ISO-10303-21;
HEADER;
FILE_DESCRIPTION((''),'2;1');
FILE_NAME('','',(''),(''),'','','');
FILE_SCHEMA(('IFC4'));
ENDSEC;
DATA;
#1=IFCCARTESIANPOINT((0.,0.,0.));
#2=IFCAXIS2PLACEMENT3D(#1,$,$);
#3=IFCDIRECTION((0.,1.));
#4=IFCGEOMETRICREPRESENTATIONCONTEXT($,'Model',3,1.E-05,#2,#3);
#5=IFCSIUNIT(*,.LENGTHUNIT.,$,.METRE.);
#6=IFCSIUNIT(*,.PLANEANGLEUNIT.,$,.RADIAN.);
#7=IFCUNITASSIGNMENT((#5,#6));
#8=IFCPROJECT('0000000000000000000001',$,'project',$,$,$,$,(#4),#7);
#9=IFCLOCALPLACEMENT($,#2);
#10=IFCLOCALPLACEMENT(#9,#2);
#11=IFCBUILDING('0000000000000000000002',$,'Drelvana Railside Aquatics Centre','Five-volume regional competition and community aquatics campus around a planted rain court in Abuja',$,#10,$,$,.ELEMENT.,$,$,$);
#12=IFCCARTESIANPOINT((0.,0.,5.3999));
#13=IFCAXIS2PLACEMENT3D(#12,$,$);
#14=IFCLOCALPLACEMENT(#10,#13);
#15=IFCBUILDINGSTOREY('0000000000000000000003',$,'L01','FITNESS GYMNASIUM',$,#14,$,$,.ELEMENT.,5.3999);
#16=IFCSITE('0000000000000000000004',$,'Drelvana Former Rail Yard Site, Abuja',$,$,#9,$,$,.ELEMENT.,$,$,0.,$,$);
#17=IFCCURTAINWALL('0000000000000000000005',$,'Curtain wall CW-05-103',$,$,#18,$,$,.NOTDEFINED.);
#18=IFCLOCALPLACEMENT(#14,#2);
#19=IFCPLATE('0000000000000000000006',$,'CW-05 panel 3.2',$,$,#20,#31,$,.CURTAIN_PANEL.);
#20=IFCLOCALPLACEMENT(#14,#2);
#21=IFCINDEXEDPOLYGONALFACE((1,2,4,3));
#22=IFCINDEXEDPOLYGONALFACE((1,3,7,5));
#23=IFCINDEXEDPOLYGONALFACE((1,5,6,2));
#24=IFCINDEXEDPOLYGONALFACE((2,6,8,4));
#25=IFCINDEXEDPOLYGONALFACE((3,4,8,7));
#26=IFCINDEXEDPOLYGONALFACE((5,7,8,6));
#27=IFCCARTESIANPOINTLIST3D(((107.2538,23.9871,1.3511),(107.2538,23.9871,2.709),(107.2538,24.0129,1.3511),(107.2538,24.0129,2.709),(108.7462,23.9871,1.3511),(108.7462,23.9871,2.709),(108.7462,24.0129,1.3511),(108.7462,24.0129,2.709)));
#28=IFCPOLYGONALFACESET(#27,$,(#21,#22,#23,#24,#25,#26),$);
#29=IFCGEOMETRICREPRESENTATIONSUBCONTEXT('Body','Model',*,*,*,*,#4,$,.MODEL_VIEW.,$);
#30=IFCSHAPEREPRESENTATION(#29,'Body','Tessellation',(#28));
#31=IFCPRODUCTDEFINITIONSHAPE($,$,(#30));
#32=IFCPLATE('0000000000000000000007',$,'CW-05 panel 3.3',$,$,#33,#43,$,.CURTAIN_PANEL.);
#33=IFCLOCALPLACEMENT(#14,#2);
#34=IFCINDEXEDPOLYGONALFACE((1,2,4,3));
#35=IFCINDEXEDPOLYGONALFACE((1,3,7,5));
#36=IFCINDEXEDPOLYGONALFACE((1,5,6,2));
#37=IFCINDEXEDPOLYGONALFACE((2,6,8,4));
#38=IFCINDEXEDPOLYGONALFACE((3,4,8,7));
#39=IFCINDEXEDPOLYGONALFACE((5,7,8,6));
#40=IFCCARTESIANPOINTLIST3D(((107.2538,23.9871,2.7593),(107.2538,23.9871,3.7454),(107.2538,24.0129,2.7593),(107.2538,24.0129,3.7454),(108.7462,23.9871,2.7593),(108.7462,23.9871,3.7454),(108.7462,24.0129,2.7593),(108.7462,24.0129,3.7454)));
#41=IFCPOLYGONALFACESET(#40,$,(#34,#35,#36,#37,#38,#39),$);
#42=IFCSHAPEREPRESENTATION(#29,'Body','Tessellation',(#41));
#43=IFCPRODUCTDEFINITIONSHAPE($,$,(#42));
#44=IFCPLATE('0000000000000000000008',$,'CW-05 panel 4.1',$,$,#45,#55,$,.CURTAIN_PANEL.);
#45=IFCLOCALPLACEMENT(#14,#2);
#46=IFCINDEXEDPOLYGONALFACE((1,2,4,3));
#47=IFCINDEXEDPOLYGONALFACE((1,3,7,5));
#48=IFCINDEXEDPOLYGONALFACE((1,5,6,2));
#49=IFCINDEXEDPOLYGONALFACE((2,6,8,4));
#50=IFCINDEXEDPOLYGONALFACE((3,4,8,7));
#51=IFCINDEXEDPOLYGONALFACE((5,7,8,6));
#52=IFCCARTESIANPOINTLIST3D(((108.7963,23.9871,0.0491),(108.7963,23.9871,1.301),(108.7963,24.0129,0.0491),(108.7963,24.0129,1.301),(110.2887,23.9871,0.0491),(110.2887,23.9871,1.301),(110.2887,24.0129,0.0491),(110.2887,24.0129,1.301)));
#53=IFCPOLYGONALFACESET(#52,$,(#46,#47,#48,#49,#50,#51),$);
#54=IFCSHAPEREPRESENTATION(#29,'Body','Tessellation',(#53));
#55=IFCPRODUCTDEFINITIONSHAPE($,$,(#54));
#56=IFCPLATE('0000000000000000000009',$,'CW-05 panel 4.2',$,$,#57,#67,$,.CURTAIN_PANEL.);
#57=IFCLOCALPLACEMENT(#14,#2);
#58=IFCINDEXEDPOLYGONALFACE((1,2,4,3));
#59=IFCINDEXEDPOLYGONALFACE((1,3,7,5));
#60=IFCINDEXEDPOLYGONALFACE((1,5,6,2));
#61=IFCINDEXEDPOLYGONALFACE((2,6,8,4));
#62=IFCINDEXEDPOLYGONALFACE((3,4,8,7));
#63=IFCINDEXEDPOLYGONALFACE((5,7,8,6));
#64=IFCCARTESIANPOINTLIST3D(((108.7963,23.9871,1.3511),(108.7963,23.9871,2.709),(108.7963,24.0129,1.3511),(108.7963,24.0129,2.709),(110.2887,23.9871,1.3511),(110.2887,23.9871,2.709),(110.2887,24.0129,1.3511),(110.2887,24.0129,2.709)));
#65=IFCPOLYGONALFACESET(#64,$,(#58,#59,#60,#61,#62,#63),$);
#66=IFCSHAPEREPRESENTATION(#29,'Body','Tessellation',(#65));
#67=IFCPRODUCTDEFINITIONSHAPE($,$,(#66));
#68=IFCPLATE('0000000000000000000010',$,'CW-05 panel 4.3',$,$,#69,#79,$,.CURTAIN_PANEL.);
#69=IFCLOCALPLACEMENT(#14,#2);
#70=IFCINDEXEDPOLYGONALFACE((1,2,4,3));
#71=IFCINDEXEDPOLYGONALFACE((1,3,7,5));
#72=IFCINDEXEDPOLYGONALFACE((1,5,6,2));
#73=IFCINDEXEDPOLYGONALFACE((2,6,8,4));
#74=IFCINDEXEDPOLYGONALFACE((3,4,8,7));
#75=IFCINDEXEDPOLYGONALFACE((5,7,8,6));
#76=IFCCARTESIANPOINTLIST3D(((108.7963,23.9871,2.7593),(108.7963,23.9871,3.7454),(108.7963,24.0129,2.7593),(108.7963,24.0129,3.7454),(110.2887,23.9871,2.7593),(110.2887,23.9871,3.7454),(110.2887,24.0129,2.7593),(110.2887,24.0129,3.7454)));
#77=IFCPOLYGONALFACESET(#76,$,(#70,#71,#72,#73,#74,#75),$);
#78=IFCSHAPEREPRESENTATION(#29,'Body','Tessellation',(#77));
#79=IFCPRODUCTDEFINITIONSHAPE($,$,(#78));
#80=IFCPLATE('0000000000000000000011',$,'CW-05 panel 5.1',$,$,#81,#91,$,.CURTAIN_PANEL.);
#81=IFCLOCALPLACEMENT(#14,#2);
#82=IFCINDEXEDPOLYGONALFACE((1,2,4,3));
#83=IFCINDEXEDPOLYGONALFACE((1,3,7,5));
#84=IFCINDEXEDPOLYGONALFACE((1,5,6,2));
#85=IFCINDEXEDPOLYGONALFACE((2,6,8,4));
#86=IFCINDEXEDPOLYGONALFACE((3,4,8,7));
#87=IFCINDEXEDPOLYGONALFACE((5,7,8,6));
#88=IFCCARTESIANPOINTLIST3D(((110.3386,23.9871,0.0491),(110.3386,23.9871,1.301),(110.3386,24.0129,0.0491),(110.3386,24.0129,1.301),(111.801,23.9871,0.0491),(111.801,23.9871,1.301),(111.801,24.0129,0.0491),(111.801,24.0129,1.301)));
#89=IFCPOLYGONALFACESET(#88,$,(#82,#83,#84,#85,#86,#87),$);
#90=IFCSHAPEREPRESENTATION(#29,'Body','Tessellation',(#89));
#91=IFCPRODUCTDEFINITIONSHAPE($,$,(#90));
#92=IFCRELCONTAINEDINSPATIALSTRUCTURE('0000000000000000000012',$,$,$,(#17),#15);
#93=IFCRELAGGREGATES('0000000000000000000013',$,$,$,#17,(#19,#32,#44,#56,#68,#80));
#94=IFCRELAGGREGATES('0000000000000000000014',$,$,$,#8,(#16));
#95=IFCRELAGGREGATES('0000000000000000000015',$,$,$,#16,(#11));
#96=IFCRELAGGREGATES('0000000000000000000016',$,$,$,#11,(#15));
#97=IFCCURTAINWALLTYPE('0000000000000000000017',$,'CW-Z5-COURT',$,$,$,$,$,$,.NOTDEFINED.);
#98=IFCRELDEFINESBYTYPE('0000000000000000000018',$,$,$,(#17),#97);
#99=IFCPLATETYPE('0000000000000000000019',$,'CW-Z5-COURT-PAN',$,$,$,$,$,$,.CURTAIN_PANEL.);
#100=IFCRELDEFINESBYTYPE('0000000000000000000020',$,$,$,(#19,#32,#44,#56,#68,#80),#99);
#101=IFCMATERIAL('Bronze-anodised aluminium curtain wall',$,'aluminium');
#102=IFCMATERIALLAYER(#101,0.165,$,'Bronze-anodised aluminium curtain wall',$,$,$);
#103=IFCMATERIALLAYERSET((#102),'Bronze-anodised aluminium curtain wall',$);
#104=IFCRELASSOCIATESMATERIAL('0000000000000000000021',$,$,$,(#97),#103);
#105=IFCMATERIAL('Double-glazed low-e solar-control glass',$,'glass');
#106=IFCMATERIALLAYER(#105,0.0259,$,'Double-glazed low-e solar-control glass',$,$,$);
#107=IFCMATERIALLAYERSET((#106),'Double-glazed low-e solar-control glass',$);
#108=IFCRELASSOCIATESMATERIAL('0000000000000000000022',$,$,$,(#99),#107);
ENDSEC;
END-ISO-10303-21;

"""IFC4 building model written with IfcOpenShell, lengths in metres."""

from ifc_helpers import new_model, si_unit, direction, frame, origin, origin_2d, place, context, subcontext, project, spatial, rectangle, extrude, material, layer, layer_set, type_object, element, aggregate, save


model = new_model("IFC4")

# Units and contexts
model_context = context("Model", 3, precision=1e-05, world=origin(), true_north=direction((0.0, 1.0)))
body_context = subcontext(model_context, "Body", "Model", "MODEL_VIEW")
ifc_project = project(units=[si_unit("LENGTHUNIT", "METRE"), si_unit("PLANEANGLEUNIT", "RADIAN")], contexts=[model_context])

# Site, building, storey
site_placement = place(None, origin())
site = spatial("IfcSite", under=ifc_project, at=site_placement, Name="Drelvana Former Rail Yard Site, Abuja", CompositionType="ELEMENT", RefElevation=0.0)
building_placement = place(site_placement, origin())
building = spatial("IfcBuilding", under=site, at=building_placement, Name="Drelvana Railside Aquatics Centre", Description="Five-volume regional competition and community aquatics campus around a planted rain court in Abuja", CompositionType="ELEMENT")
storey_placement = place(building_placement, frame((0.0, 0.0, 5.3999)))
storey = spatial("IfcBuildingStorey", under=building, at=storey_placement, Name="L01", Description="FITNESS GYMNASIUM", CompositionType="ELEMENT", Elevation=5.3999)

# Curtain wall
ifc_material_1 = material(Name="Bronze-anodised aluminium curtain wall", Category="aluminium")
ifc_layer_1 = layer(ifc_material_1, 0.165, Name="Bronze-anodised aluminium curtain wall")
ifc_layer_set_1 = layer_set([ifc_layer_1], Name="Bronze-anodised aluminium curtain wall")
curtain_wall_type = type_object("IfcCurtainWallType", Name="CW-Z5-COURT", PredefinedType="NOTDEFINED", material=ifc_layer_set_1)
curtain_wall_placement = place(storey_placement, origin())
curtain_wall = element("IfcCurtainWall", 1, at=curtain_wall_placement, inside=storey, type_object=curtain_wall_type, Name="Curtain wall CW-05-103", PredefinedType="NOTDEFINED")

# Plates
ifc_material_2 = material(Name="Double-glazed low-e solar-control glass", Category="glass")
ifc_layer_2 = layer(ifc_material_2, 0.0259, Name="Double-glazed low-e solar-control glass")
ifc_layer_set_2 = layer_set([ifc_layer_2], Name="Double-glazed low-e solar-control glass")
plate_type = type_object("IfcPlateType", Name="CW-Z5-COURT-PAN", PredefinedType="CURTAIN_PANEL", material=ifc_layer_set_2)
plate_1_placement = place(storey_placement, frame((108.0, 24.0, 1.3511), z_axis=(0.0, 0.0, 1.0), x_axis=(1.0, 0.0, 0.0)))
plate_1 = element("IfcPlate", 2, at=plate_1_placement, type_object=plate_type, Name="CW-05 panel 3.2", PredefinedType="CURTAIN_PANEL", context=body_context, shape_type="SweptSolid", body=[
    extrude(rectangle(XDim=1.4924, YDim=0.0259, at=origin_2d()), origin(), (0.0, 0.0, 1.0), 1.3579),
])
plate_2_placement = place(storey_placement, frame((108.0, 24.0, 2.7593), z_axis=(0.0, 0.0, 1.0), x_axis=(1.0, 0.0, 0.0)))
plate_2 = element("IfcPlate", 3, at=plate_2_placement, type_object=plate_type, Name="CW-05 panel 3.3", PredefinedType="CURTAIN_PANEL", context=body_context, shape_type="SweptSolid", body=[
    extrude(rectangle(XDim=1.4924, YDim=0.0259, at=origin_2d()), origin(), (0.0, 0.0, 1.0), 0.9861),
])
plate_3_placement = place(storey_placement, frame((109.5425, 24.0, 0.0491), z_axis=(0.0, 0.0, 1.0), x_axis=(1.0, 0.0, 0.0)))
plate_3 = element("IfcPlate", 4, at=plate_3_placement, type_object=plate_type, Name="CW-05 panel 4.1", PredefinedType="CURTAIN_PANEL", context=body_context, shape_type="SweptSolid", body=[
    extrude(rectangle(XDim=1.4924, YDim=0.0259, at=origin_2d()), origin(), (0.0, 0.0, 1.0), 1.252),
])
plate_4_placement = place(storey_placement, frame((109.5425, 24.0, 1.3511), z_axis=(0.0, 0.0, 1.0), x_axis=(1.0, 0.0, 0.0)))
plate_4 = element("IfcPlate", 5, at=plate_4_placement, type_object=plate_type, Name="CW-05 panel 4.2", PredefinedType="CURTAIN_PANEL", context=body_context, shape_type="SweptSolid", body=[
    extrude(rectangle(XDim=1.4924, YDim=0.0259, at=origin_2d()), origin(), (0.0, 0.0, 1.0), 1.3579),
])
plate_5_placement = place(storey_placement, frame((109.5425, 24.0, 2.7593), z_axis=(0.0, 0.0, 1.0), x_axis=(1.0, 0.0, 0.0)))
plate_5 = element("IfcPlate", 6, at=plate_5_placement, type_object=plate_type, Name="CW-05 panel 4.3", PredefinedType="CURTAIN_PANEL", context=body_context, shape_type="SweptSolid", body=[
    extrude(rectangle(XDim=1.4924, YDim=0.0259, at=origin_2d()), origin(), (0.0, 0.0, 1.0), 0.9861),
])
plate_6_placement = place(storey_placement, frame((111.0698, 24.0, 0.0491), z_axis=(0.0, 0.0, 1.0), x_axis=(1.0, 0.0, 0.0)))
plate_6 = element("IfcPlate", 7, at=plate_6_placement, type_object=plate_type, Name="CW-05 panel 5.1", PredefinedType="CURTAIN_PANEL", context=body_context, shape_type="SweptSolid", body=[
    extrude(rectangle(XDim=1.4624, YDim=0.0259, at=origin_2d()), origin(), (0.0, 0.0, 1.0), 1.252),
])
aggregate(curtain_wall, [plate_1, plate_2, plate_3, plate_4, plate_5, plate_6])

save(model, "model.ifc")
